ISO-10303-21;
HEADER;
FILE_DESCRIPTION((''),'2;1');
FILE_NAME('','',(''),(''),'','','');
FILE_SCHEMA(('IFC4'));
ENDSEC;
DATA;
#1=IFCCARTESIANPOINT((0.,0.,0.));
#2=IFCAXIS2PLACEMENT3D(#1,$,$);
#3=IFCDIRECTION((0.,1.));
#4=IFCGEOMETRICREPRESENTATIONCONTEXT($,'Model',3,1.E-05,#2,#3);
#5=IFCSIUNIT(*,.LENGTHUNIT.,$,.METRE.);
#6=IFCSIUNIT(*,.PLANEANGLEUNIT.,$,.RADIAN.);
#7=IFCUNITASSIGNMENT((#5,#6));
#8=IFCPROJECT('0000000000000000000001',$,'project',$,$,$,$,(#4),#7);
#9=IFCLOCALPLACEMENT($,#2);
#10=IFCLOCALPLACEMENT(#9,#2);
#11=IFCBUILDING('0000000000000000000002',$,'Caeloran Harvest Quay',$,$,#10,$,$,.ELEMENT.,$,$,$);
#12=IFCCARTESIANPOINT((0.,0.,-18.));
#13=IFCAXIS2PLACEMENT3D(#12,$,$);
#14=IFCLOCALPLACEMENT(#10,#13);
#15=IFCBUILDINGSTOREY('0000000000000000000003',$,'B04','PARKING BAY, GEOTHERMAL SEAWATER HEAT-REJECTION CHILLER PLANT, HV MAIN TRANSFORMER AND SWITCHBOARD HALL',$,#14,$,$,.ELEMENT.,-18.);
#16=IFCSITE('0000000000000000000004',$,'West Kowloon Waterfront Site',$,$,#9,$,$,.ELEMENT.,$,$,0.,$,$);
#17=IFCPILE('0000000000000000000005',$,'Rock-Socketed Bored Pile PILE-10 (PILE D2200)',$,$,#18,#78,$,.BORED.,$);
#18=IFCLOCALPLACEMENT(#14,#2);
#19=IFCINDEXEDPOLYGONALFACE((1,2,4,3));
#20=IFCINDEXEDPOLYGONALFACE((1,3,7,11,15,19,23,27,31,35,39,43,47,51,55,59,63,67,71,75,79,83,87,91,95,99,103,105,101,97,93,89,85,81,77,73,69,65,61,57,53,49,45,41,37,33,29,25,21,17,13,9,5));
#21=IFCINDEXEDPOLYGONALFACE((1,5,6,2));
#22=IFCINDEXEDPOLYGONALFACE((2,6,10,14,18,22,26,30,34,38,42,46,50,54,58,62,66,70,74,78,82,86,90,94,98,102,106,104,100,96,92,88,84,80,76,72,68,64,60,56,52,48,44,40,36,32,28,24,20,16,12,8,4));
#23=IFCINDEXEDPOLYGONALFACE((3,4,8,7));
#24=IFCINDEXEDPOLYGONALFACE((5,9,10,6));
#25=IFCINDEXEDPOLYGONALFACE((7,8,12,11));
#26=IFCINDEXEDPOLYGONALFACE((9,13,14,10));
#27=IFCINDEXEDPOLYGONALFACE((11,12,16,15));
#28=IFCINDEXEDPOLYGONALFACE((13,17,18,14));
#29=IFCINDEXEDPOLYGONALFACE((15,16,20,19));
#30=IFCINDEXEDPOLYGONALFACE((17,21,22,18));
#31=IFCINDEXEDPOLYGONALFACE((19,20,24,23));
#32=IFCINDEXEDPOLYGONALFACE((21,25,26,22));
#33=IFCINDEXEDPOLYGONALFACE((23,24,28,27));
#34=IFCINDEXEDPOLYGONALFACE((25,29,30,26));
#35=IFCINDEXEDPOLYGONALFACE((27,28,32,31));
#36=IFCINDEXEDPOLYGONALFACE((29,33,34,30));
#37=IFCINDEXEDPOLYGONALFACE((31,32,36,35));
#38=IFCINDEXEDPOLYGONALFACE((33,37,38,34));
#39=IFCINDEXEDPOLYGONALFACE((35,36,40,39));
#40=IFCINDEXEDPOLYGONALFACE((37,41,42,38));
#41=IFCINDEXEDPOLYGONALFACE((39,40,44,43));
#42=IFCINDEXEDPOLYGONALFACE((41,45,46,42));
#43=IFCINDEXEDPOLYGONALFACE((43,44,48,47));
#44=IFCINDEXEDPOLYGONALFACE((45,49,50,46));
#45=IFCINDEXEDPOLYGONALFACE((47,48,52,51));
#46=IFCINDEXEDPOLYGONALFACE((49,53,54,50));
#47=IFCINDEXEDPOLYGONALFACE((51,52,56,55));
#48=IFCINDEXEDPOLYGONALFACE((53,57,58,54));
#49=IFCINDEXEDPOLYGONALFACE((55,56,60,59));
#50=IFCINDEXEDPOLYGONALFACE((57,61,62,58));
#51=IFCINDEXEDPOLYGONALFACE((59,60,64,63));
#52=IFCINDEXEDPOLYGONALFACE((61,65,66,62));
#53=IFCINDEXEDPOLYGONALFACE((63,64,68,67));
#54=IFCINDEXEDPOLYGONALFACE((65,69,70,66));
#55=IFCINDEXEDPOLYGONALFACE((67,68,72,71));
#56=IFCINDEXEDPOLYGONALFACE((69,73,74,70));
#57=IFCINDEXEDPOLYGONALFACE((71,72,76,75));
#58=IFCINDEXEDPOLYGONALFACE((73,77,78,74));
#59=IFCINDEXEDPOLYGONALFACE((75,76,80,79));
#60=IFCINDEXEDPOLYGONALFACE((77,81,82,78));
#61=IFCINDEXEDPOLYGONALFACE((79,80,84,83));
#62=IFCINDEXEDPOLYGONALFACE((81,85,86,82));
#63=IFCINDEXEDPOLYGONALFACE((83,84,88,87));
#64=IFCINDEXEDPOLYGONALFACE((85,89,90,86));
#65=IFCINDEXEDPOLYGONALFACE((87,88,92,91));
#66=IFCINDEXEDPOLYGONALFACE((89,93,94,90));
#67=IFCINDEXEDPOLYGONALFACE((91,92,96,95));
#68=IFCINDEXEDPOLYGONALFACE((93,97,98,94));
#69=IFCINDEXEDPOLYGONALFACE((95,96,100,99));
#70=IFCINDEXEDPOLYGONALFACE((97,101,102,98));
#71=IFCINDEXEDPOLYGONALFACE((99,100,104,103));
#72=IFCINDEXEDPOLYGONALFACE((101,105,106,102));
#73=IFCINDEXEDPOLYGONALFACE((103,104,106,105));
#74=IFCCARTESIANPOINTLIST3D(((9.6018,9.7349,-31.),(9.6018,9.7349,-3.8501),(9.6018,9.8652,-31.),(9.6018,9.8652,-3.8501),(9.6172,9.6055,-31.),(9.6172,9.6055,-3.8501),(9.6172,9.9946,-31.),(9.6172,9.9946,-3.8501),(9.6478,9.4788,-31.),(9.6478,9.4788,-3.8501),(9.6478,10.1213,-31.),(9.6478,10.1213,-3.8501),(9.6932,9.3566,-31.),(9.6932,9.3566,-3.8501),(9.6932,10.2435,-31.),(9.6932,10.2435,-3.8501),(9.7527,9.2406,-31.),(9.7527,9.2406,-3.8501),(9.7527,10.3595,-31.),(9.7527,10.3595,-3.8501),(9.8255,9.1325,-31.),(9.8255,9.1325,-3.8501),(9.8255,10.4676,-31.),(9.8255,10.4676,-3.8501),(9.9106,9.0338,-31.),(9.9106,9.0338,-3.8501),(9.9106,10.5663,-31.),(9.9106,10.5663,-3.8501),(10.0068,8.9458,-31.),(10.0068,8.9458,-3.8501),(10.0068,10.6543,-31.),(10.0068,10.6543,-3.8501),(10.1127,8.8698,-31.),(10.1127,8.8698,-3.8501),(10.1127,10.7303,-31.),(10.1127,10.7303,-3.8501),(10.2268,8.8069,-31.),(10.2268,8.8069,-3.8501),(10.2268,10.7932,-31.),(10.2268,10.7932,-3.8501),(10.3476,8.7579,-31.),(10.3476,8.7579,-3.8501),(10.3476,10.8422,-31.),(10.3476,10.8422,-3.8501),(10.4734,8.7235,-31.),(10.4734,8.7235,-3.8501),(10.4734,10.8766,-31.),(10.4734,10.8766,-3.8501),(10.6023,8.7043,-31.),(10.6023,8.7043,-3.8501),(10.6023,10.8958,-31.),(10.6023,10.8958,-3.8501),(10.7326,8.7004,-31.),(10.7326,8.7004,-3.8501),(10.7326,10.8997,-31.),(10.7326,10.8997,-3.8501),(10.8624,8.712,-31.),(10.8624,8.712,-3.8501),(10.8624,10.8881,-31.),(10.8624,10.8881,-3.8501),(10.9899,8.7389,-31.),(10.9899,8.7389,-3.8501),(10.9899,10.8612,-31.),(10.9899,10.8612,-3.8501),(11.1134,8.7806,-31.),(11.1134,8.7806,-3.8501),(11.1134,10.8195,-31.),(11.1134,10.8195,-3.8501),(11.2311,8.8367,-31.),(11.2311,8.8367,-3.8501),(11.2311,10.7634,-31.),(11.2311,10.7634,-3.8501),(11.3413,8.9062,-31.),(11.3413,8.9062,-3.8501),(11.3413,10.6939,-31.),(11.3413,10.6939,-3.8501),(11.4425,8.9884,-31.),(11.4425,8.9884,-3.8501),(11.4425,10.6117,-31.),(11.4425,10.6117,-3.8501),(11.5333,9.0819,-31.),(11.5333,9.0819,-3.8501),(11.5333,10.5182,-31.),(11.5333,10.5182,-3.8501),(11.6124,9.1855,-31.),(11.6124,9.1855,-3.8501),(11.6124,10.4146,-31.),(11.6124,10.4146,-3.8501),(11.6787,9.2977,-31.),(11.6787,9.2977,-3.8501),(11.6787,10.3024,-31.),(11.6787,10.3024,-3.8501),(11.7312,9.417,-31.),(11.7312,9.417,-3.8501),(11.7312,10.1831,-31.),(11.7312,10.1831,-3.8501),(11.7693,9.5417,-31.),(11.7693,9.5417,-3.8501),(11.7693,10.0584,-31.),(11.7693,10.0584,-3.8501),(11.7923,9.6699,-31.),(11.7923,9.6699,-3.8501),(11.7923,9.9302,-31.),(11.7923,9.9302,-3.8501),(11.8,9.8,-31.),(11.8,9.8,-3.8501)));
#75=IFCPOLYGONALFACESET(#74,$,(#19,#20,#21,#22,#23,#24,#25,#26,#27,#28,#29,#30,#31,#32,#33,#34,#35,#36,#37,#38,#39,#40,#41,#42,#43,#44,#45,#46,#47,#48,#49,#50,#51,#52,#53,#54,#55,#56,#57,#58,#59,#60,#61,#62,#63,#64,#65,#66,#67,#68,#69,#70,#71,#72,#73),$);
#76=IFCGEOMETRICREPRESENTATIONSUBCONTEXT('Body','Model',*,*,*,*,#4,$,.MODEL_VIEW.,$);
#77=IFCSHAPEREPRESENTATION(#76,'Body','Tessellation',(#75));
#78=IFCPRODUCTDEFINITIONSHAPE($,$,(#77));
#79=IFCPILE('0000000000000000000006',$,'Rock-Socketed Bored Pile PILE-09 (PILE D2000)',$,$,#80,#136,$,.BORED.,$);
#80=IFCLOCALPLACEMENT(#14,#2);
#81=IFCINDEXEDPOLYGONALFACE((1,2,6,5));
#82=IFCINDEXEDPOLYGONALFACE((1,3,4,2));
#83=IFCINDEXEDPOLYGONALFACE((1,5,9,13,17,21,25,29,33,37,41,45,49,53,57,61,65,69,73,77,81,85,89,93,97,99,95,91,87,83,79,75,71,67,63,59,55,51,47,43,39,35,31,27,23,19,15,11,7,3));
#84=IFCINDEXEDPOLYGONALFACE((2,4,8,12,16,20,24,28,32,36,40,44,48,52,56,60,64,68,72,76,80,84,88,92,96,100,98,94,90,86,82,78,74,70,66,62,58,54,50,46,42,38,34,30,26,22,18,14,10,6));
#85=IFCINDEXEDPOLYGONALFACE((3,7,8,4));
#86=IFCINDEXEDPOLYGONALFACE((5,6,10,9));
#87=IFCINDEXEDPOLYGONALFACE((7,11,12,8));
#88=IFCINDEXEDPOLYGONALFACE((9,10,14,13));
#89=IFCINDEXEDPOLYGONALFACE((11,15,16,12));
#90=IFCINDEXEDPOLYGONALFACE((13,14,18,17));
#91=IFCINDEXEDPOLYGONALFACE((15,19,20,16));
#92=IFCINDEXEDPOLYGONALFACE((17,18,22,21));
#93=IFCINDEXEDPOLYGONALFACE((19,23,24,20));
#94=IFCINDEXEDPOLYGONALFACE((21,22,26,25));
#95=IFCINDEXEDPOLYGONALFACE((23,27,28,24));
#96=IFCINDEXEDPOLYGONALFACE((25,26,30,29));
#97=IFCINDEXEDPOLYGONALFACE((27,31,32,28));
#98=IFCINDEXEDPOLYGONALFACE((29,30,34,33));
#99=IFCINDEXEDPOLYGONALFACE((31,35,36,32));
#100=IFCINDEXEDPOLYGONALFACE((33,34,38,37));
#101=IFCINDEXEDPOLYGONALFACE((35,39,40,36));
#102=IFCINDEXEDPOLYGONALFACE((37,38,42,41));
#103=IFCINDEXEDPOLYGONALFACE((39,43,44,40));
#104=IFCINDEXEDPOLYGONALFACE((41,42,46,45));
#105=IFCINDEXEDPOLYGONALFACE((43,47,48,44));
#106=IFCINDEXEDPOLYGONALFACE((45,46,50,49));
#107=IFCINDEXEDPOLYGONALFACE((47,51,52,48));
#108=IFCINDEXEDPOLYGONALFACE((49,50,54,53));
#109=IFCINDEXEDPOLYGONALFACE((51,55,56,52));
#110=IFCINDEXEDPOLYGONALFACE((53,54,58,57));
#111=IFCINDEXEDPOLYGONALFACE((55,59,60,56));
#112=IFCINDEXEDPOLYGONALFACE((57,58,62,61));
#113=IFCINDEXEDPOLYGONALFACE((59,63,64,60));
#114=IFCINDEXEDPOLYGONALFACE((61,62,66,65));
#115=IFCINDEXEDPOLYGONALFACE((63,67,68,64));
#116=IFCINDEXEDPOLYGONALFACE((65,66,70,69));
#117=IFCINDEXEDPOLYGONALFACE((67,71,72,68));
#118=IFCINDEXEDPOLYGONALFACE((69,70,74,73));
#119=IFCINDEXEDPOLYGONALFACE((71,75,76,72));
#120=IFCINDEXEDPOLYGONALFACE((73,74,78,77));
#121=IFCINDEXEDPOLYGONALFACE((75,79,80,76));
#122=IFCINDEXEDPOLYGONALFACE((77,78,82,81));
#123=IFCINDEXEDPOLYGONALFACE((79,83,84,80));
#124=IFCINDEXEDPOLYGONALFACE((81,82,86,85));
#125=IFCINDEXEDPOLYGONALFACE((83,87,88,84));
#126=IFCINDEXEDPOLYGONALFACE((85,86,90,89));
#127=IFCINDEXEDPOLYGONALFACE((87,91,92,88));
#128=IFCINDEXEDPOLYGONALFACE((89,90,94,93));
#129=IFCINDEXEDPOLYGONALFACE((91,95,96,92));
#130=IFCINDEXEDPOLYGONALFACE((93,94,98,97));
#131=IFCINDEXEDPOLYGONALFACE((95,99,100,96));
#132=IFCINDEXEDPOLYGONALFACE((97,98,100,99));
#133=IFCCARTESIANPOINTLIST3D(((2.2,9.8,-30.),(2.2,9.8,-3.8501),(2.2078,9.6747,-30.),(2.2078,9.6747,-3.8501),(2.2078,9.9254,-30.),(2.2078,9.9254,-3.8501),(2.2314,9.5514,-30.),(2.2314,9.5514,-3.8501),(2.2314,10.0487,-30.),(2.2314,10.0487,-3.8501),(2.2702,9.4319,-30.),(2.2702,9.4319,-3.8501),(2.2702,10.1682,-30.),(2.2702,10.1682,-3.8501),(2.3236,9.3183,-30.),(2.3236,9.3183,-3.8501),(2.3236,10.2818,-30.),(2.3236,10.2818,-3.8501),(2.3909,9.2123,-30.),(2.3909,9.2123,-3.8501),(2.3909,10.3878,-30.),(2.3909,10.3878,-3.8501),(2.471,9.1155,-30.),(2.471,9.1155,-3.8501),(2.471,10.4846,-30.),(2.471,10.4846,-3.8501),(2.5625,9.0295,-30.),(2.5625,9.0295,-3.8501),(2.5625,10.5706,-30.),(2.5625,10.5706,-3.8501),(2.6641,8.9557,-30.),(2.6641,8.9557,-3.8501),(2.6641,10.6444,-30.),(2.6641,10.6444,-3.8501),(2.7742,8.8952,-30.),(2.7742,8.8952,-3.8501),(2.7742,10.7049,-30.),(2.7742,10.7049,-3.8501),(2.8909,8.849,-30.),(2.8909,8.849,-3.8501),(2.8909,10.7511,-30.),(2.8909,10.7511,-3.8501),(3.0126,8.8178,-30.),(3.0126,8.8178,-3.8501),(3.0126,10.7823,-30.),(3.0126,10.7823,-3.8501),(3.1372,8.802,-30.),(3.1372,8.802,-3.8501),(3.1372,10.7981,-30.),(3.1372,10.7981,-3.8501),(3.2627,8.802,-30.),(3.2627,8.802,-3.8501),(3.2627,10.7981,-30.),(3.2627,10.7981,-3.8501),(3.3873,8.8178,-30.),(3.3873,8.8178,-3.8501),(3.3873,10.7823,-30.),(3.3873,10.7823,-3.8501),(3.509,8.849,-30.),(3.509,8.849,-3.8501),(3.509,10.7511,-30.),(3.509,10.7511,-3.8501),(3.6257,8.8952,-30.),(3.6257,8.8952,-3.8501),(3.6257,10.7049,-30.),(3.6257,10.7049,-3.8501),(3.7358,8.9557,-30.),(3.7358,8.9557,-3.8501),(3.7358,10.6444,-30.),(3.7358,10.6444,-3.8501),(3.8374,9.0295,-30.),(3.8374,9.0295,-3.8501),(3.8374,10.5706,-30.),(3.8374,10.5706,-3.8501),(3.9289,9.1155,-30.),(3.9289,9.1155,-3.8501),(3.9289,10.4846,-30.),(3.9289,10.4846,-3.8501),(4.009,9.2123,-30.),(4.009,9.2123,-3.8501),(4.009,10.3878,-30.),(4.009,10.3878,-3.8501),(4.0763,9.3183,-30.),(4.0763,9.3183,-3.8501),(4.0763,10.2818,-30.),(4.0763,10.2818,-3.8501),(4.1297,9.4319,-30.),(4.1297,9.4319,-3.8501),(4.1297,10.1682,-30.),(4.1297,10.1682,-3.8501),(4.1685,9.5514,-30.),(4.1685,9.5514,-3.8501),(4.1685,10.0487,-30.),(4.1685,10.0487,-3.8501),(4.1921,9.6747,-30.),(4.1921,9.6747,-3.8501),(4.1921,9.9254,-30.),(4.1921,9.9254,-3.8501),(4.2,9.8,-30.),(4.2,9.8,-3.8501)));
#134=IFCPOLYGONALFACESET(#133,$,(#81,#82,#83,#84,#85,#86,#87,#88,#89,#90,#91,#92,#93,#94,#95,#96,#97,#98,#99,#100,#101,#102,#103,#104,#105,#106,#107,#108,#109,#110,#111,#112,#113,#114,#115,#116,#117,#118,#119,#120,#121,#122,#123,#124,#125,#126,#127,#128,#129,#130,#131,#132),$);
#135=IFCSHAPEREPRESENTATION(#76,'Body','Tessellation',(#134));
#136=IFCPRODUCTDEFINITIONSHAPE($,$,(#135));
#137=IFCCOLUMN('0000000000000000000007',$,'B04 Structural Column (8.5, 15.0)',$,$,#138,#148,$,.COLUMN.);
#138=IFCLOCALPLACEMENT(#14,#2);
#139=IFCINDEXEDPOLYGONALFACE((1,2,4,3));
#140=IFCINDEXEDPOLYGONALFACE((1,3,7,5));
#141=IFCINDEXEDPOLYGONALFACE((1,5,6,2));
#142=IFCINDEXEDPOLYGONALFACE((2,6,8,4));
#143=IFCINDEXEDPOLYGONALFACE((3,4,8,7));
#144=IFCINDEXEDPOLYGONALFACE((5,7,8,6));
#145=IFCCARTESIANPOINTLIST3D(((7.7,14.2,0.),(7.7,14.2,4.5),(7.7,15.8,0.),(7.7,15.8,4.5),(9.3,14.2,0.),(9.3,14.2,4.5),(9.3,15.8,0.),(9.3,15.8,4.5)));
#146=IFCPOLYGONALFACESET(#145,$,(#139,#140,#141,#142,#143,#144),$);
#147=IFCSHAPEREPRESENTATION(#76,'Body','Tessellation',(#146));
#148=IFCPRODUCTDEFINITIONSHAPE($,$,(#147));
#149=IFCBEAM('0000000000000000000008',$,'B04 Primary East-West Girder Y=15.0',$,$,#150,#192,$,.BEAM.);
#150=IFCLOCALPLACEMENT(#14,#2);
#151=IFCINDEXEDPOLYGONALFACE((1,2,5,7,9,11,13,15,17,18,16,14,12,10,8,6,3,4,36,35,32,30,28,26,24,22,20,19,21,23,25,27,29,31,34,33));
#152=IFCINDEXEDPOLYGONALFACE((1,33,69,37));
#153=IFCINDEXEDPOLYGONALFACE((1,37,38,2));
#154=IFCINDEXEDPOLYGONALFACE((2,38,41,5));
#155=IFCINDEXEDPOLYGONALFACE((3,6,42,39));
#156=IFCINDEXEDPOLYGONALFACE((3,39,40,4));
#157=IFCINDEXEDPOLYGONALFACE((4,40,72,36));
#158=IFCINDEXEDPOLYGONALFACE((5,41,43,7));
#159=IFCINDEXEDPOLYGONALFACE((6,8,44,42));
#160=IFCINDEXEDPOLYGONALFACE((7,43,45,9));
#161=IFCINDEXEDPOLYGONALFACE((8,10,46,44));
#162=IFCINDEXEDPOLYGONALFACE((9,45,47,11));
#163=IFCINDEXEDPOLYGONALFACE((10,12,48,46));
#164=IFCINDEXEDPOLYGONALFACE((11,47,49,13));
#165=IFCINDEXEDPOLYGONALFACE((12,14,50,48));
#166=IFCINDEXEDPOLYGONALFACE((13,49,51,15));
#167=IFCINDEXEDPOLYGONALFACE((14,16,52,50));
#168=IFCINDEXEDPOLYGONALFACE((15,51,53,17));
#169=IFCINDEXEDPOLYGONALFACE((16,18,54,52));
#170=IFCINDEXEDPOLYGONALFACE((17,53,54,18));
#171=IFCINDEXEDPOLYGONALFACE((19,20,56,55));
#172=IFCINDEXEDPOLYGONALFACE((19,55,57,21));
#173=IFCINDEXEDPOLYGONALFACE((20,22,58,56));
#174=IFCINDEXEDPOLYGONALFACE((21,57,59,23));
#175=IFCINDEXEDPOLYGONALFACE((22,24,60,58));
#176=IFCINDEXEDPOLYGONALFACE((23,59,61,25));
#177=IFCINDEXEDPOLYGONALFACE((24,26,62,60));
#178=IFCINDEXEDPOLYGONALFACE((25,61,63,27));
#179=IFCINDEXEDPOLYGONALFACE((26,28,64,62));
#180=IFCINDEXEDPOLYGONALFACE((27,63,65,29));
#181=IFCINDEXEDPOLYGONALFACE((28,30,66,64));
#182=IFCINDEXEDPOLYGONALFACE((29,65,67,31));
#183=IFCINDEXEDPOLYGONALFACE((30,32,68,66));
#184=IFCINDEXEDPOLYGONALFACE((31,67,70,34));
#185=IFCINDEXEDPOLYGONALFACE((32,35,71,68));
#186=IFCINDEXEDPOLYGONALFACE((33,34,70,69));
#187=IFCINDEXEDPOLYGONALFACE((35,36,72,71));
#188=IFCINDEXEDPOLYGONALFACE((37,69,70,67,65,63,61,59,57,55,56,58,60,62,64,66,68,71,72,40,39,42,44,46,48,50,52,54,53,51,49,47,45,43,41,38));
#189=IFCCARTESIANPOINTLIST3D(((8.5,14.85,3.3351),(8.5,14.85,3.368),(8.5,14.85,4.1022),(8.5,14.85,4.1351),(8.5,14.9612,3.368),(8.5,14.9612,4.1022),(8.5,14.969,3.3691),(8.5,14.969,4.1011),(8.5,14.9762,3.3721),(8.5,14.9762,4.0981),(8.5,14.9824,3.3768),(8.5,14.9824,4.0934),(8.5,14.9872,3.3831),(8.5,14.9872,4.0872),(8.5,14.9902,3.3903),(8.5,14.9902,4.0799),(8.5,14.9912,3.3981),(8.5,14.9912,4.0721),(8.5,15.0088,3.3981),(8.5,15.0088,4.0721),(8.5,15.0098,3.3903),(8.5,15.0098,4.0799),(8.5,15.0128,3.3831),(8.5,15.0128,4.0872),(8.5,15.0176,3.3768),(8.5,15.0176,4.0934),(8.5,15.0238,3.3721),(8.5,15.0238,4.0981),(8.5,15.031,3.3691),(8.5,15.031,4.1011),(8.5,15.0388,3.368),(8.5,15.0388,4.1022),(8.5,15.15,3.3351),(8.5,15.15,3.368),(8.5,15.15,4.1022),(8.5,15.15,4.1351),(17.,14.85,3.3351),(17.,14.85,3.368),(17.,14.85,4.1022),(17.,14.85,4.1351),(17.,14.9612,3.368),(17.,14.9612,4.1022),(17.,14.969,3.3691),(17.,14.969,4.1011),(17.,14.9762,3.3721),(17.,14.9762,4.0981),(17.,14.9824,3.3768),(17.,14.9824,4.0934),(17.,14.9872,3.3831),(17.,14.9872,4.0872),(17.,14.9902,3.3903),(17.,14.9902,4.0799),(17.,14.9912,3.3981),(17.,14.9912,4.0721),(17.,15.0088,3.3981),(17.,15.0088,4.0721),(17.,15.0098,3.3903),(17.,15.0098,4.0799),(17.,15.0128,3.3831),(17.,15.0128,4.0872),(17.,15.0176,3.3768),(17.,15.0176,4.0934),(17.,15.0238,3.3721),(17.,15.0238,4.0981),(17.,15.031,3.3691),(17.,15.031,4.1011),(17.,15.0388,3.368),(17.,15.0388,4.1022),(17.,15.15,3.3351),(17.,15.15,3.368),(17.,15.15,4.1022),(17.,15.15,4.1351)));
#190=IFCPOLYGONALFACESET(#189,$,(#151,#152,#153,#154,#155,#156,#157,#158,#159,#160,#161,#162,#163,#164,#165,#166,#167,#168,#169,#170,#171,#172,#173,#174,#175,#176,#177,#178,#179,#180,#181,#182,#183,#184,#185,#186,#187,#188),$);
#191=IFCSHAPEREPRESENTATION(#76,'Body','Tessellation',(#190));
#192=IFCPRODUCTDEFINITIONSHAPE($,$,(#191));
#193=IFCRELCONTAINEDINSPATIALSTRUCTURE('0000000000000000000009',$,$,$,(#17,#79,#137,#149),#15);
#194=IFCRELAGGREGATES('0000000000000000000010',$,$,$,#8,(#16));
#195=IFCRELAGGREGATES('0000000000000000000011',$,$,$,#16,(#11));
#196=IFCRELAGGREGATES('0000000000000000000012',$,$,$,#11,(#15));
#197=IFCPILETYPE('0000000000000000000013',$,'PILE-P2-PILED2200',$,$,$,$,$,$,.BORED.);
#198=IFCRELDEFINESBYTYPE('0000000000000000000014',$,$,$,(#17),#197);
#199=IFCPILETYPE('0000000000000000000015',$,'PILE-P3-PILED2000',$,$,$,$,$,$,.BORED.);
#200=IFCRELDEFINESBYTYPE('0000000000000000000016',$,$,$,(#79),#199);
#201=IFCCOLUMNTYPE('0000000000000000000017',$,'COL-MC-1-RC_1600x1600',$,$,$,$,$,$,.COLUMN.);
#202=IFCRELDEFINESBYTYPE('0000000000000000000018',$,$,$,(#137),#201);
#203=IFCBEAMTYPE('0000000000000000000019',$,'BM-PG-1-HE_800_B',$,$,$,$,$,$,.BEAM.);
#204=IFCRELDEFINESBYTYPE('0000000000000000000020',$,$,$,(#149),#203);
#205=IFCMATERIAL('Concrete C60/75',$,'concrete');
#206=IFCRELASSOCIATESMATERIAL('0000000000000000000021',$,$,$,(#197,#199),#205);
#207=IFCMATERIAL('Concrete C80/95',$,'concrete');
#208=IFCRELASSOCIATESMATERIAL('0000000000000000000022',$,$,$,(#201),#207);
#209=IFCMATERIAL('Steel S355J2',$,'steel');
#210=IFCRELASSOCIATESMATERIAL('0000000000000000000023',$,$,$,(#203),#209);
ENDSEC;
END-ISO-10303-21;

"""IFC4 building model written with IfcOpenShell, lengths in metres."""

from ifc_helpers import new_model, si_unit, direction, frame, origin, origin_2d, place, context, subcontext, project, spatial, rectangle, circle, i_section, extrude, material, material_profile, profile_set, type_object, element, save


model = new_model("IFC4")

# Units and contexts
model_context = context("Model", 3, precision=1e-05, world=origin(), true_north=direction((0.0, 1.0)))
body_context = subcontext(model_context, "Body", "Model", "MODEL_VIEW")
ifc_project = project(units=[si_unit("LENGTHUNIT", "METRE"), si_unit("PLANEANGLEUNIT", "RADIAN")], contexts=[model_context])

# Site, building, storey
site_placement = place(None, origin())
site = spatial("IfcSite", under=ifc_project, at=site_placement, Name="West Kowloon Waterfront Site", CompositionType="ELEMENT", RefElevation=0.0)
building_placement = place(site_placement, origin())
building = spatial("IfcBuilding", under=site, at=building_placement, Name="Caeloran Harvest Quay", CompositionType="ELEMENT")
storey_placement = place(building_placement, frame((0.0, 0.0, -18.0)))
storey = spatial("IfcBuildingStorey", under=building, at=storey_placement, Name="B04", Description="PARKING BAY, GEOTHERMAL SEAWATER HEAT-REJECTION CHILLER PLANT, HV MAIN TRANSFORMER AND SWITCHBOARD HALL", CompositionType="ELEMENT", Elevation=-18.0)

# Piles
ifc_material_1 = material(Name="Concrete C60/75", Category="concrete")
ifc_material_profile_1 = material_profile(ifc_material_1, circle(Radius=1.1001, at=origin_2d()), Name="PILE D2200")
ifc_profile_set_1 = profile_set([ifc_material_profile_1], Name="Concrete C60/75")
pile_type_1 = type_object("IfcPileType", Name="PILE-P2-PILED2200", PredefinedType="BORED", material=ifc_profile_set_1)
pile_1_placement = place(storey_placement, frame((10.7, 9.8, -3.8501), z_axis=(0.0, 0.0, -1.0), x_axis=(1.0, 0.0, 0.0)))
element("IfcPile", 1, at=pile_1_placement, inside=storey, type_object=pile_type_1, Name="Rock-Socketed Bored Pile PILE-10 (PILE D2200)", PredefinedType="BORED", context=body_context, shape_type="SweptSolid", body=[
    extrude(circle(Radius=1.1001, at=origin_2d()), origin(), (0.0, 0.0, 1.0), 27.1499),
])
ifc_material_profile_2 = material_profile(ifc_material_1, circle(Radius=1.0, at=origin_2d()), Name="PILE D2000")
ifc_profile_set_2 = profile_set([ifc_material_profile_2], Name="Concrete C60/75")
pile_type_2 = type_object("IfcPileType", Name="PILE-P3-PILED2000", PredefinedType="BORED", material=ifc_profile_set_2)
pile_2_placement = place(storey_placement, frame((3.2, 9.8, -3.8501), z_axis=(0.0, 0.0, -1.0), x_axis=(1.0, 0.0, 0.0)))
element("IfcPile", 2, at=pile_2_placement, inside=storey, type_object=pile_type_2, Name="Rock-Socketed Bored Pile PILE-09 (PILE D2000)", PredefinedType="BORED", context=body_context, shape_type="SweptSolid", body=[
    extrude(circle(Radius=1.0, at=origin_2d()), origin(), (0.0, 0.0, 1.0), 26.1499),
])

# Column
ifc_material_2 = material(Name="Concrete C80/95", Category="concrete")
ifc_material_profile_3 = material_profile(ifc_material_2, rectangle(XDim=1.6001, YDim=1.6001, at=origin_2d()), Name="RC 1600x1600")
ifc_profile_set_3 = profile_set([ifc_material_profile_3], Name="Concrete C80/95")
column_type = type_object("IfcColumnType", Name="COL-MC-1-RC_1600x1600", PredefinedType="COLUMN", material=ifc_profile_set_3)
column_placement = place(storey_placement, frame((8.5, 15.0, 0.0), z_axis=(0.0, 0.0, 1.0), x_axis=(1.0, 0.0, 0.0)))
element("IfcColumn", 3, at=column_placement, inside=storey, type_object=column_type, Name="B04 Structural Column (8.5, 15.0)", PredefinedType="COLUMN", context=body_context, shape_type="SweptSolid", body=[
    extrude(rectangle(XDim=1.6001, YDim=1.6001, at=origin_2d()), origin(), (0.0, 0.0, 1.0), 4.5),
])

# Beam
ifc_material_3 = material(Name="Steel S355J2", Category="steel")
ifc_material_profile_4 = material_profile(ifc_material_3, i_section(OverallWidth=0.3, OverallDepth=0.8, WebThickness=0.0176, FlangeThickness=0.033, FilletRadius=0.03, at=origin_2d()), Name="HE 800 B")
ifc_profile_set_4 = profile_set([ifc_material_profile_4], Name="Steel S355J2")
beam_type_1 = type_object("IfcBeamType", Name="BM-PG-1-HE_800_B", PredefinedType="BEAM", material=ifc_profile_set_4)
beam_1_placement = place(storey_placement, frame((8.5, 15.0, 3.7351), z_axis=(1.0, 0.0, 0.0), x_axis=(0.0, 1.0, 0.0)))
element("IfcBeam", 4, at=beam_1_placement, inside=storey, type_object=beam_type_1, Name="B04 Primary East-West Girder Y=15.0", PredefinedType="BEAM", context=body_context, shape_type="SweptSolid", body=[
    extrude(i_section(OverallWidth=0.3, OverallDepth=0.8, WebThickness=0.0176, FlangeThickness=0.033, FilletRadius=0.03, at=origin_2d()), origin(), (0.0, 0.0, 1.0), 8.5),
])

save(model, "model.ifc")
